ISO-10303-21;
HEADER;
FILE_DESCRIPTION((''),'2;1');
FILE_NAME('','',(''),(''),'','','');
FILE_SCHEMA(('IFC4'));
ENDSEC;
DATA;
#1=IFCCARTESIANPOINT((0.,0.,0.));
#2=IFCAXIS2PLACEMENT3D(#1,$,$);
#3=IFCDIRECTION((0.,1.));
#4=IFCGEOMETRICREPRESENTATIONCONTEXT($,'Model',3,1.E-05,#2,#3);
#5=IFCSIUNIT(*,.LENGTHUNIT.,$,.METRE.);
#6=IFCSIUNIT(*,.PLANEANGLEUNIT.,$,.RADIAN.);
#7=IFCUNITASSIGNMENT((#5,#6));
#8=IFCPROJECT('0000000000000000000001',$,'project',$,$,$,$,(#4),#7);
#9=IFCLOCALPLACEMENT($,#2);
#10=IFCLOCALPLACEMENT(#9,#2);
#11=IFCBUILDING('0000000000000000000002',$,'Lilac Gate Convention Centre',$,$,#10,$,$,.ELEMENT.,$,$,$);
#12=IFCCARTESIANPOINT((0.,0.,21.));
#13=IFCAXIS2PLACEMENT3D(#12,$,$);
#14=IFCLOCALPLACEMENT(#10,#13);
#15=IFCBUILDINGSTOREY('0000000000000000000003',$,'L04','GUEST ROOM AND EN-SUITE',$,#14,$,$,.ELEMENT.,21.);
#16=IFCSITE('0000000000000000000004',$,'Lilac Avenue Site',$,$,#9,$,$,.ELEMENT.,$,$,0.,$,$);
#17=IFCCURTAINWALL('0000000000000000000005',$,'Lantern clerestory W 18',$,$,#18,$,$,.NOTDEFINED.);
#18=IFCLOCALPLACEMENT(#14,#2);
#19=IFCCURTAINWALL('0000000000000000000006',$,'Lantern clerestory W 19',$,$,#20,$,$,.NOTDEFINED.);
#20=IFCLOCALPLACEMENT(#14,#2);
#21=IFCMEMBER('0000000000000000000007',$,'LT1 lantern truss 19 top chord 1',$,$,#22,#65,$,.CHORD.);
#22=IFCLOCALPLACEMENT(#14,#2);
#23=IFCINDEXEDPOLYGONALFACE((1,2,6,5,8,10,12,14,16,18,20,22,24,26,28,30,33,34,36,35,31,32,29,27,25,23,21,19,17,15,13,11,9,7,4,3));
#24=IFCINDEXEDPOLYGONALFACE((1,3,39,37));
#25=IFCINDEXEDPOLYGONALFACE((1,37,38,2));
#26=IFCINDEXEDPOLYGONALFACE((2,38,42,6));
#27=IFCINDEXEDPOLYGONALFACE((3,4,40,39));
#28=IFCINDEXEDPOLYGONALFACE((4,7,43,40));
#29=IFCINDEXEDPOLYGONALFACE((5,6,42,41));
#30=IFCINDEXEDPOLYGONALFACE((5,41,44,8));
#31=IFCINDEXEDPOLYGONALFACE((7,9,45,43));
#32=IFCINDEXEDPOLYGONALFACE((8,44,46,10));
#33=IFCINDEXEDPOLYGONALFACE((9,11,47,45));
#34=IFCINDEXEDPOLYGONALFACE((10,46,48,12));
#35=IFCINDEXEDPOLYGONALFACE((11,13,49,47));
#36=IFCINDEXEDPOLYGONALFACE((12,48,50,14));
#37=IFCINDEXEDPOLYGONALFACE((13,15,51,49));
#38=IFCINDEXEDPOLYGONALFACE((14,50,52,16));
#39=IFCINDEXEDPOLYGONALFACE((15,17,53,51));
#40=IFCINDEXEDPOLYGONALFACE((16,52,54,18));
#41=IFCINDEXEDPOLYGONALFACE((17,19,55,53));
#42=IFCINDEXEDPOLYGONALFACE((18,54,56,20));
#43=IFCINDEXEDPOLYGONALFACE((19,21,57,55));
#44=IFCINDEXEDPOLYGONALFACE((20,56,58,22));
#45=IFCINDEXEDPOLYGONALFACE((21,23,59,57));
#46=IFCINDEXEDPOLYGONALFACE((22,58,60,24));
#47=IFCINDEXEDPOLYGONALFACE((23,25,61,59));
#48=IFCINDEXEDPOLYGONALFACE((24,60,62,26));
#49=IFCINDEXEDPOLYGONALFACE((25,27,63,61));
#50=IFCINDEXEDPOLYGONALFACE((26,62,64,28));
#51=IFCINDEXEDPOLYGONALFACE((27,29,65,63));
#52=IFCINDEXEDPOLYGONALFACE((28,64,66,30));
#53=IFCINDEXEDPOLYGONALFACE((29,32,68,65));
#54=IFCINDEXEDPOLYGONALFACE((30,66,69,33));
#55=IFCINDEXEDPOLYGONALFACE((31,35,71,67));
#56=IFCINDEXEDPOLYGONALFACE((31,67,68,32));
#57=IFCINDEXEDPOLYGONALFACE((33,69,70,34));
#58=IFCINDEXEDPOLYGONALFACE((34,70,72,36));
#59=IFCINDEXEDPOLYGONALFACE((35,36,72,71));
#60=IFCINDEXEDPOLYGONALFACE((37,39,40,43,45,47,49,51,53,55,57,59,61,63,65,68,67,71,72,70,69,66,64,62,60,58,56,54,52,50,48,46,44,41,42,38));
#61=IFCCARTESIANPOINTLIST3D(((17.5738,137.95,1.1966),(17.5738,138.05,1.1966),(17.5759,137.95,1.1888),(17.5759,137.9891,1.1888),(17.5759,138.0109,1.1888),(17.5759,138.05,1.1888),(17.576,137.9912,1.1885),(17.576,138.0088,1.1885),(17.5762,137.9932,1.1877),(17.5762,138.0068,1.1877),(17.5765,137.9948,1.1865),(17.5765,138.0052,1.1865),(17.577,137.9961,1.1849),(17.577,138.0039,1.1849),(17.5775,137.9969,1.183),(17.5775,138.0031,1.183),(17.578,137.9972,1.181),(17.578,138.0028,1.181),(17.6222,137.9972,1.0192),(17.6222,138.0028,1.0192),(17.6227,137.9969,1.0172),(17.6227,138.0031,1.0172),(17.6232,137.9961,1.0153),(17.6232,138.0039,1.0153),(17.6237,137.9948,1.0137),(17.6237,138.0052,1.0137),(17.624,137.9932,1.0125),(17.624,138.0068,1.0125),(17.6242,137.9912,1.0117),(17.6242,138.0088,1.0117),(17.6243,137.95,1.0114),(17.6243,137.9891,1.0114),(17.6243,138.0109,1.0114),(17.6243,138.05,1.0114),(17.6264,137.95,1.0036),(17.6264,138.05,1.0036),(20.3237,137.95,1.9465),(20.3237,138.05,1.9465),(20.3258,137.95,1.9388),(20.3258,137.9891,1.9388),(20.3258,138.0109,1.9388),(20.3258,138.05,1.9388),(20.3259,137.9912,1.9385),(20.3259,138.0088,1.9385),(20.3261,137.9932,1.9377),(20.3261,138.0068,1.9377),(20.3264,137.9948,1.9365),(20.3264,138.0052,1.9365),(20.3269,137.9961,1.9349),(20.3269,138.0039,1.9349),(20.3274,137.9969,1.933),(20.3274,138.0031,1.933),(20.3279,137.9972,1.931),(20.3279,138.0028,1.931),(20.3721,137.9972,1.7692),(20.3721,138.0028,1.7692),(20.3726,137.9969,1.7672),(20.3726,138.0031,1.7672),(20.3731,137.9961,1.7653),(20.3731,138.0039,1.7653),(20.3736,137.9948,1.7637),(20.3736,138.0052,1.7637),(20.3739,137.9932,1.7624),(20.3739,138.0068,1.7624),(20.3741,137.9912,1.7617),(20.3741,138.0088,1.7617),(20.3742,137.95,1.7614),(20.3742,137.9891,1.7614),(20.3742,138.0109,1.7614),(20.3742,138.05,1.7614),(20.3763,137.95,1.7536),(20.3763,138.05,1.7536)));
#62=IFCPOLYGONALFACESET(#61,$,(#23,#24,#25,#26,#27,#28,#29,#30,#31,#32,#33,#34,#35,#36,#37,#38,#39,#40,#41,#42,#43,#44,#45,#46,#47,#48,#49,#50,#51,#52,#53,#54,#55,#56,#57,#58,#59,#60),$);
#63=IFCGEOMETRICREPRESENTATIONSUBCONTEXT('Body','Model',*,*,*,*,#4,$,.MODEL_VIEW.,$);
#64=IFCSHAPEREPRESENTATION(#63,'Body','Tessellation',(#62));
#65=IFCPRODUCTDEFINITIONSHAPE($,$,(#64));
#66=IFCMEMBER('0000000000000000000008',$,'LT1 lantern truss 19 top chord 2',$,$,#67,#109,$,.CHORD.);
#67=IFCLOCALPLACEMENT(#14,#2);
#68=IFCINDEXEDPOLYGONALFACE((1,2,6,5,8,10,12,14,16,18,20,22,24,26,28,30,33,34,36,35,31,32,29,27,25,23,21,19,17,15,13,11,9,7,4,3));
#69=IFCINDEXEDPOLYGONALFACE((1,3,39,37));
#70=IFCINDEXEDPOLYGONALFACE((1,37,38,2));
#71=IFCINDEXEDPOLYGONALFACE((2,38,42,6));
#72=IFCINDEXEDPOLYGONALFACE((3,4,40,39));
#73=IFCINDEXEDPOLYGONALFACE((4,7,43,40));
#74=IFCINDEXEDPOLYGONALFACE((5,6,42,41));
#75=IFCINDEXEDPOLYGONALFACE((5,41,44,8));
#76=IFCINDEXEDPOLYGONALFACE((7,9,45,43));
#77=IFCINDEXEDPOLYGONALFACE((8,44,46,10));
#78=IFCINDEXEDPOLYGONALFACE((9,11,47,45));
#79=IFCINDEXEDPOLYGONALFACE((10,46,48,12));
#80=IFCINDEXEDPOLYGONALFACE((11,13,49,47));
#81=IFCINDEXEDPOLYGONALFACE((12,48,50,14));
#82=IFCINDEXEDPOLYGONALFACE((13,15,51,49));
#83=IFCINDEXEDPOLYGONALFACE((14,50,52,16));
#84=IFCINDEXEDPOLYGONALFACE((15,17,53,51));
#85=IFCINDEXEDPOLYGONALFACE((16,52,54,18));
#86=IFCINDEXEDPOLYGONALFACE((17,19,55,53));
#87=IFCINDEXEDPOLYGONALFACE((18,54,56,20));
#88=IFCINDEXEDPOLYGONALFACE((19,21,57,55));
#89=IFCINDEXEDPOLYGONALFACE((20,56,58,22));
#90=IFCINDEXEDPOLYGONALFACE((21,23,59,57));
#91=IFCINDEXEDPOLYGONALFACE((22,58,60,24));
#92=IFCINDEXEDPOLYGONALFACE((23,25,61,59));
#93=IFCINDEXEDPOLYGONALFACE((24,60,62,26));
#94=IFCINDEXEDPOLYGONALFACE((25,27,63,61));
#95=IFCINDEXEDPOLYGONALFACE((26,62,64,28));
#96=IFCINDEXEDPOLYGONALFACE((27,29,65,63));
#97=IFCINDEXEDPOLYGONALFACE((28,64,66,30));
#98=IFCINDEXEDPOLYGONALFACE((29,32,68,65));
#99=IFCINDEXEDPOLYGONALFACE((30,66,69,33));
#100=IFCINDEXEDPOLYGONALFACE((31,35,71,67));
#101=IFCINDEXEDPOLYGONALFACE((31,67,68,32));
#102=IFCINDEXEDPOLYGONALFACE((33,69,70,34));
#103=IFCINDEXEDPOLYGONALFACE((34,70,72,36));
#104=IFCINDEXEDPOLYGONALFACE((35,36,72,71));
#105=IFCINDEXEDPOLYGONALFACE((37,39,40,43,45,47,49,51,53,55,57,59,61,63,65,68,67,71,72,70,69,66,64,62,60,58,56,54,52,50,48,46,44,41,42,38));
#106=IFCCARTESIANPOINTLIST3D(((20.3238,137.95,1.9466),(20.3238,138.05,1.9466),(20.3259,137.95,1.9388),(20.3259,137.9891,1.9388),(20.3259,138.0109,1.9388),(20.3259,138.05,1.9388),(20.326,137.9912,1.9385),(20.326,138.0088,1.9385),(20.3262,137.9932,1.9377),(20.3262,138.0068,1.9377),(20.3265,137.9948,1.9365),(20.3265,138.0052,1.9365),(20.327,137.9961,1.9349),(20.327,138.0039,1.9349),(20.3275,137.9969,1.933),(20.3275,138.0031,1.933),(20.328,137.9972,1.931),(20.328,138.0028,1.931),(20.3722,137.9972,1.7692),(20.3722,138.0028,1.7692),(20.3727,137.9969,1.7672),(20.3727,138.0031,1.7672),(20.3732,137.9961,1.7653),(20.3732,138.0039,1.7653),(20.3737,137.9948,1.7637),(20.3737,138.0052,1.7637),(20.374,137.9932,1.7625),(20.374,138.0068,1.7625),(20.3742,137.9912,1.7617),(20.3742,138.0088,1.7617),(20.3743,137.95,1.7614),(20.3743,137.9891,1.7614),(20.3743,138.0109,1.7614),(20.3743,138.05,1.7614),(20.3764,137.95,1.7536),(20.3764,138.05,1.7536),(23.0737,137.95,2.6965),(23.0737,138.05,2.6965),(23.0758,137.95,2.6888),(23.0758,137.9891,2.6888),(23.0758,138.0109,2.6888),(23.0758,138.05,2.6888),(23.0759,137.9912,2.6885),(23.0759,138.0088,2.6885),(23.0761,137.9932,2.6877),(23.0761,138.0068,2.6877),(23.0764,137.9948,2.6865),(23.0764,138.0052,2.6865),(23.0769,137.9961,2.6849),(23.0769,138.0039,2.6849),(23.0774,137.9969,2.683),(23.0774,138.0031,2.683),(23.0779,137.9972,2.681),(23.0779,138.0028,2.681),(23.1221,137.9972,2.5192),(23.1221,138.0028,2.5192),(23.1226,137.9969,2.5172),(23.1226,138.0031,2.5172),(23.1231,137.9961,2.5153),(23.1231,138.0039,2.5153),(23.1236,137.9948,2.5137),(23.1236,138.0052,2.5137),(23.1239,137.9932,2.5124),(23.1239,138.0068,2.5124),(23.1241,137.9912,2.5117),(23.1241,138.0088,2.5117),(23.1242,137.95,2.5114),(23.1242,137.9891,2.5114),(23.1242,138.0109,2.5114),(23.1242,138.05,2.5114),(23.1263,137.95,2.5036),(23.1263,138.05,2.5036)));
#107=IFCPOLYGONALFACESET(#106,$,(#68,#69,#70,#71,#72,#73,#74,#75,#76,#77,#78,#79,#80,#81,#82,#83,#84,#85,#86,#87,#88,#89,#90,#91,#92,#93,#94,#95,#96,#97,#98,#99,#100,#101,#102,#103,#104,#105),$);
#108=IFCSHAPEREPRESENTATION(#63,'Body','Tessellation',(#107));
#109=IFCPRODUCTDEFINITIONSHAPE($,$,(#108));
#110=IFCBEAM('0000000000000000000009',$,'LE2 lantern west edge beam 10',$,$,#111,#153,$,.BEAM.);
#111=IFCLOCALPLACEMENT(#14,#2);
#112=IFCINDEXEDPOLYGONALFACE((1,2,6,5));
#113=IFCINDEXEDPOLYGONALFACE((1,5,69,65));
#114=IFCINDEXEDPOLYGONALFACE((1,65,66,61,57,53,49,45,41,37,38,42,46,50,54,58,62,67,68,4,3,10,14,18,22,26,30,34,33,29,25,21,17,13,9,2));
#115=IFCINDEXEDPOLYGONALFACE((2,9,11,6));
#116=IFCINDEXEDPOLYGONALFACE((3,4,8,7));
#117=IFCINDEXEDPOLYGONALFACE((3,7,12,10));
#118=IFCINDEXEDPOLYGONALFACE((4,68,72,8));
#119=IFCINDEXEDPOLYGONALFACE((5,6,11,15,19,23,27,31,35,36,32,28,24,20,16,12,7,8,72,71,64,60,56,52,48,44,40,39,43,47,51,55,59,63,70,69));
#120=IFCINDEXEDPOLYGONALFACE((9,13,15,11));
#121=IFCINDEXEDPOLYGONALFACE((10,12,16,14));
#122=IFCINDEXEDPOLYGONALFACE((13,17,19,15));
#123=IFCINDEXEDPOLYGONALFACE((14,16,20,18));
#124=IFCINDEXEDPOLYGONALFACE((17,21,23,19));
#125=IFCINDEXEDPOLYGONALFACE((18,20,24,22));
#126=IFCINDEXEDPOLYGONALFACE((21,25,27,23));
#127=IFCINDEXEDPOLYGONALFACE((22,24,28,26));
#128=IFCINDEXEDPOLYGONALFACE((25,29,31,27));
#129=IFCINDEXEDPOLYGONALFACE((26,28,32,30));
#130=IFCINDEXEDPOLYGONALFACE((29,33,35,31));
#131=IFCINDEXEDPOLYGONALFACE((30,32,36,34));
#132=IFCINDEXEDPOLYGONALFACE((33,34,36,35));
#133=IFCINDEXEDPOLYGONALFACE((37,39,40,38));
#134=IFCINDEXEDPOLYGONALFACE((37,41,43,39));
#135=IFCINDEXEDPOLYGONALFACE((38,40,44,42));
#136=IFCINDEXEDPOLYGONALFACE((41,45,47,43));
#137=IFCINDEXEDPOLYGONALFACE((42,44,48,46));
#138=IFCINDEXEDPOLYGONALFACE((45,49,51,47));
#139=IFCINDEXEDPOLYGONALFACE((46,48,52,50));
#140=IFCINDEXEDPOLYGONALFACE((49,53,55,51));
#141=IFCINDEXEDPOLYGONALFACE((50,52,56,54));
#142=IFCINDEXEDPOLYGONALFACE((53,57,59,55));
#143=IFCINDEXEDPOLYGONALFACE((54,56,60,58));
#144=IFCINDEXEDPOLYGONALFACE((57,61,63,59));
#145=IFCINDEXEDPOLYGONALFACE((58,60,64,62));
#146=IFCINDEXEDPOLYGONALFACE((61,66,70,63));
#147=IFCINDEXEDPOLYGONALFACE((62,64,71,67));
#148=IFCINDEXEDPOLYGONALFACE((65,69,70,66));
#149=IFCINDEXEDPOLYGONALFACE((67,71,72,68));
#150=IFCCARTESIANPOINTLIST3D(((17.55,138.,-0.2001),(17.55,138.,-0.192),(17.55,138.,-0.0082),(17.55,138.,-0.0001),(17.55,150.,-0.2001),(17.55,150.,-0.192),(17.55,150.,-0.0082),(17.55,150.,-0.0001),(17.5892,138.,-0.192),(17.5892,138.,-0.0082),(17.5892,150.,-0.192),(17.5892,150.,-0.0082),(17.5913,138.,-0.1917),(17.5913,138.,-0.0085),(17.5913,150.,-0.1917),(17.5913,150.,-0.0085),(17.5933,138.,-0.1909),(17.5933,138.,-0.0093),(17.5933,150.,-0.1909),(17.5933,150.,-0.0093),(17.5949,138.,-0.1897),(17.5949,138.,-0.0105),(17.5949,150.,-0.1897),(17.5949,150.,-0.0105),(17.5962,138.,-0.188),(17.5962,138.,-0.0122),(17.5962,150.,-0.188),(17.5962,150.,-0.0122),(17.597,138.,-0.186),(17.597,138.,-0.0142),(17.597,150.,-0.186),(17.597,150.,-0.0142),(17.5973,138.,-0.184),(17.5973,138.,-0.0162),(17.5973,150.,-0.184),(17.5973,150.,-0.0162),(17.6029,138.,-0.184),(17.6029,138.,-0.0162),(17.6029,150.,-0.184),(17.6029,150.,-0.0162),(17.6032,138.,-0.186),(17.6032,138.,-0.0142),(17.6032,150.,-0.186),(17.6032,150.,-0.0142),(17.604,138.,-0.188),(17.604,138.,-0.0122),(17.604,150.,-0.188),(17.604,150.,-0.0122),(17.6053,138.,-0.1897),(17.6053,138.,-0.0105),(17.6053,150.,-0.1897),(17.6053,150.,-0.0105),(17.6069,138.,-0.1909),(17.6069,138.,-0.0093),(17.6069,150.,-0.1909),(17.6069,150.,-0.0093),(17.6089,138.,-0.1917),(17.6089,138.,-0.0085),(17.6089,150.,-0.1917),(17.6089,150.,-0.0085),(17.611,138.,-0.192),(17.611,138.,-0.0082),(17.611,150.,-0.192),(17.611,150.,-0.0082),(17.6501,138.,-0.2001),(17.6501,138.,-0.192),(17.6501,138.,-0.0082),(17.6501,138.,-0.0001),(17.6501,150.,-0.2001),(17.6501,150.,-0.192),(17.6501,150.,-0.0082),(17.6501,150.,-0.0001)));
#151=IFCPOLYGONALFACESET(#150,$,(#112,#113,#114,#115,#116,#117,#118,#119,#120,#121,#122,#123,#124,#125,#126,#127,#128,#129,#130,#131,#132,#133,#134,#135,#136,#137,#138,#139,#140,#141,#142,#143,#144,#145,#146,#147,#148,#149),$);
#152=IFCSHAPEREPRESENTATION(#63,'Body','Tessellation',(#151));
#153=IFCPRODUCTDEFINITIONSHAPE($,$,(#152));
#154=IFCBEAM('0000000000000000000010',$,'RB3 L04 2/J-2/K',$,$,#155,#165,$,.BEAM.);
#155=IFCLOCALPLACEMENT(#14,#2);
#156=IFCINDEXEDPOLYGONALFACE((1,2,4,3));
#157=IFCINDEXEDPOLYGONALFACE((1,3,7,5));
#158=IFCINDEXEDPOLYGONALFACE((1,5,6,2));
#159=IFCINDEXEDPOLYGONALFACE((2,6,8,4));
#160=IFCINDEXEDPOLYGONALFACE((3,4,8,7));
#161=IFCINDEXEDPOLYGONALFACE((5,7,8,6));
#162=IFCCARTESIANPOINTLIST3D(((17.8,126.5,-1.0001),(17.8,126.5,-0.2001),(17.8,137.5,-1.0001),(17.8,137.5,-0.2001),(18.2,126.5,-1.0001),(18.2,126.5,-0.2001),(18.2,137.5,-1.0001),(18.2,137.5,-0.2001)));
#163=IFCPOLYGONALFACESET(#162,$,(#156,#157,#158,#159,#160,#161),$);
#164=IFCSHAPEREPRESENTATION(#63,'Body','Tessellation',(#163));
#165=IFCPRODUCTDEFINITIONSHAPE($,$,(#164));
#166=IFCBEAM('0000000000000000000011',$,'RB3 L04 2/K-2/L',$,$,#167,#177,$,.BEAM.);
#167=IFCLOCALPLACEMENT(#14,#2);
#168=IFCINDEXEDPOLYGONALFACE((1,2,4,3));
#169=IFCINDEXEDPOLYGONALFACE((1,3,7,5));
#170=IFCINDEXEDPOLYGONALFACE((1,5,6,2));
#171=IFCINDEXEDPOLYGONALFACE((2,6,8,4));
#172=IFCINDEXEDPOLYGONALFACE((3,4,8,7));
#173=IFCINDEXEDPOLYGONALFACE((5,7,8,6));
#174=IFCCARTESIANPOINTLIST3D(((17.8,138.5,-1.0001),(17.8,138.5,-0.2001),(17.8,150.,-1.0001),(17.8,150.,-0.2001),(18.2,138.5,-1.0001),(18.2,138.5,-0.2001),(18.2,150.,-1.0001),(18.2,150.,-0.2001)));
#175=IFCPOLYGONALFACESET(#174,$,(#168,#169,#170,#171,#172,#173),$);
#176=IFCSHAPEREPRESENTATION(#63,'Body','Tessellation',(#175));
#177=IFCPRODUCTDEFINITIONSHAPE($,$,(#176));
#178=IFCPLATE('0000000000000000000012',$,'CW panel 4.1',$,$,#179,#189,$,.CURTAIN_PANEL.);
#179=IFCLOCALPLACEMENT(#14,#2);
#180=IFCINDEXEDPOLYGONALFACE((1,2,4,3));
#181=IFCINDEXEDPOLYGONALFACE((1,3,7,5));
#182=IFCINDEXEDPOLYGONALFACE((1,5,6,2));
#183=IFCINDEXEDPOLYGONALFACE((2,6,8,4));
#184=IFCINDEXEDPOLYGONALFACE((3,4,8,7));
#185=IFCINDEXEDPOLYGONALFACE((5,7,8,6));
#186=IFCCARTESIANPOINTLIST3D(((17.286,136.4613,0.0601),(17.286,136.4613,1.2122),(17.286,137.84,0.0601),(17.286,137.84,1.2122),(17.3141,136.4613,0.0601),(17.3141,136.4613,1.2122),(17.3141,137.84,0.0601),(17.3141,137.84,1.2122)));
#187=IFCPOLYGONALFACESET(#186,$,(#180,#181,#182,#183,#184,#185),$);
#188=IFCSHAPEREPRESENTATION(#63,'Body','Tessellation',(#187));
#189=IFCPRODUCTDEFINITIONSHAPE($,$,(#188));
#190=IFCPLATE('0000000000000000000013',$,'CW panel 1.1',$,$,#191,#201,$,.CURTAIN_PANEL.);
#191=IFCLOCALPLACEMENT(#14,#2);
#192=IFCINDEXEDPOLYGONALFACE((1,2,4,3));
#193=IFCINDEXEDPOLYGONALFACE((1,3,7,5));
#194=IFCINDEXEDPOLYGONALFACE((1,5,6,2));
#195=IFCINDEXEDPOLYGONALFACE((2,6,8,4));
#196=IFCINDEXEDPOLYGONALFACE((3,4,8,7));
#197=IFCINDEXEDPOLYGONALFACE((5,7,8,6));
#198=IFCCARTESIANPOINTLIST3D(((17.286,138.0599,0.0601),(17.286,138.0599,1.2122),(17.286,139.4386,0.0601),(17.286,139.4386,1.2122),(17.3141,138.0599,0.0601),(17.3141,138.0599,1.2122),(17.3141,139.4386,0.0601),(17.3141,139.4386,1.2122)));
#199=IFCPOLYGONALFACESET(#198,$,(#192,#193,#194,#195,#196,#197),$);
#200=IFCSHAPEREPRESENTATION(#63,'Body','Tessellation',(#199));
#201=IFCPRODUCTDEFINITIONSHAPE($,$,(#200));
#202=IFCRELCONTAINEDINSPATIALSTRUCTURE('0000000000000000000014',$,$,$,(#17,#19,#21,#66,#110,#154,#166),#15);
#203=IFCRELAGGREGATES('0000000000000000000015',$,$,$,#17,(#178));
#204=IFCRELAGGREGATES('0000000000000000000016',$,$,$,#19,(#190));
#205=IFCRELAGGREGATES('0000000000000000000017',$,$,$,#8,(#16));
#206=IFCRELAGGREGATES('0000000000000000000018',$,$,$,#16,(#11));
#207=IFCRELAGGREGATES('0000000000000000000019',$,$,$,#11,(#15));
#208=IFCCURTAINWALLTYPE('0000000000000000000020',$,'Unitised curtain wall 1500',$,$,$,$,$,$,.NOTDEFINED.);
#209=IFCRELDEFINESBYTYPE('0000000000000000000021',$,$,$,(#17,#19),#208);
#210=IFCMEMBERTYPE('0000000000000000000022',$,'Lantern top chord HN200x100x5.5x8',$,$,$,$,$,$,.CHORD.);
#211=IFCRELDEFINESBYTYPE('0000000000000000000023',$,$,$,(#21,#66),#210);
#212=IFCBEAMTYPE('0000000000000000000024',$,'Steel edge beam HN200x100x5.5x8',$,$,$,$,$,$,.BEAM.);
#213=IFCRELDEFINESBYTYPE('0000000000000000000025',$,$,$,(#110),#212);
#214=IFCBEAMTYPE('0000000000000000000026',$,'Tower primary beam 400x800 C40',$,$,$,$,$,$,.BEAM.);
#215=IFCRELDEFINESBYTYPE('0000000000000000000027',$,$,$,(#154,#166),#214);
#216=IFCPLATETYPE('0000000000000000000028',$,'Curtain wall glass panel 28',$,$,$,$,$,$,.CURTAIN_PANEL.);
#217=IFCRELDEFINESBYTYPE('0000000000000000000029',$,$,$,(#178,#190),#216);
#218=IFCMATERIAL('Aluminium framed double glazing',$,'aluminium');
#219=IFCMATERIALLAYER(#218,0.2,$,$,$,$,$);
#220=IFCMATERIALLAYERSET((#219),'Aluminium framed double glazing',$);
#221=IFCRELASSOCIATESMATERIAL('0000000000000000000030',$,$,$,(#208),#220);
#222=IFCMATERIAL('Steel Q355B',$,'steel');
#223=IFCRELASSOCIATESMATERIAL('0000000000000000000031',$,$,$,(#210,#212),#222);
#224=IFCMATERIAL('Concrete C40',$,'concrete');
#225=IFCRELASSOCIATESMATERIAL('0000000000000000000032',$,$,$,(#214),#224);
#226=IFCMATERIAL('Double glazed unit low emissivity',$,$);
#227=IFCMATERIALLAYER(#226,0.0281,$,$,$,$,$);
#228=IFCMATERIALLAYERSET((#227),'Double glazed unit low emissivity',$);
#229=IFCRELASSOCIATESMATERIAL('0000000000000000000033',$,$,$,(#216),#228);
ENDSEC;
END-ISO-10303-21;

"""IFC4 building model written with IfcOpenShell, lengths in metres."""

from ifc_helpers import new_model, si_unit, direction, frame, origin, origin_2d, place, context, subcontext, project, spatial, rectangle, i_section, extrude, material, layer, layer_set, material_profile, profile_set, type_object, element, aggregate, save


model = new_model("IFC4")

# Units and contexts
model_context = context("Model", 3, precision=1e-05, world=origin(), true_north=direction((0.0, 1.0)))
body_context = subcontext(model_context, "Body", "Model", "MODEL_VIEW")
ifc_project = project(units=[si_unit("LENGTHUNIT", "METRE"), si_unit("PLANEANGLEUNIT", "RADIAN")], contexts=[model_context])

# Site, building, storey
site_placement = place(None, origin())
site = spatial("IfcSite", under=ifc_project, at=site_placement, Name="Lilac Avenue Site", CompositionType="ELEMENT", RefElevation=0.0)
building_placement = place(site_placement, origin())
building = spatial("IfcBuilding", under=site, at=building_placement, Name="Lilac Gate Convention Centre", CompositionType="ELEMENT")
storey_placement = place(building_placement, frame((0.0, 0.0, 21.0)))
storey = spatial("IfcBuildingStorey", under=building, at=storey_placement, Name="L04", Description="GUEST ROOM AND EN-SUITE", CompositionType="ELEMENT", Elevation=21.0)

# Curtain wall
ifc_material_1 = material(Name="Aluminium framed double glazing", Category="aluminium")
ifc_layer_1 = layer(ifc_material_1, 0.2)
ifc_layer_set_1 = layer_set([ifc_layer_1], Name="Aluminium framed double glazing")
curtain_wall_type = type_object("IfcCurtainWallType", Name="Unitised curtain wall 1500", PredefinedType="NOTDEFINED", material=ifc_layer_set_1)
curtain_wall_1_placement = place(storey_placement, origin())
curtain_wall_1 = element("IfcCurtainWall", 1, at=curtain_wall_1_placement, inside=storey, type_object=curtain_wall_type, Name="Lantern clerestory W 18", PredefinedType="NOTDEFINED")

# Curtain wall
curtain_wall_2_placement = place(storey_placement, origin())
curtain_wall_2 = element("IfcCurtainWall", 2, at=curtain_wall_2_placement, inside=storey, type_object=curtain_wall_type, Name="Lantern clerestory W 19", PredefinedType="NOTDEFINED")

# Members
ifc_material_2 = material(Name="Steel Q355B", Category="steel")
ifc_material_profile_1 = material_profile(ifc_material_2, i_section(OverallWidth=0.1001, OverallDepth=0.2, WebThickness=0.0056, FlangeThickness=0.0081, FilletRadius=0.0081, at=origin_2d()), Name="HN200x100x5.5x8")
ifc_profile_set_1 = profile_set([ifc_material_profile_1], Name="Steel Q355B")
member_type_1 = type_object("IfcMemberType", Name="Lantern top chord HN200x100x5.5x8", PredefinedType="CHORD", material=ifc_profile_set_1)
for number, where, z_axis, x_axis, name in (
    (3, (17.6001, 138.0, 1.1001), (0.964764, 0.0, 0.263117), (0.0, 1.0, 0.0), "LT1 lantern truss 19 top chord 1"),
    (4, (20.3501, 138.0, 1.8501), (0.964764, 0.0, 0.263117), (0.0, 1.0, 0.0), "LT1 lantern truss 19 top chord 2"),
):
    element("IfcMember", number, at=place(storey_placement, frame(where, z_axis=z_axis, x_axis=x_axis)), inside=storey, type_object=member_type_1, Name=name, PredefinedType="CHORD", context=body_context, shape_type="SweptSolid", body=[
        extrude(i_section(OverallWidth=0.1001, OverallDepth=0.2, WebThickness=0.0056, FlangeThickness=0.0081, FilletRadius=0.0081, at=origin_2d()), origin(), (0.0, 0.0, 1.0), 2.8503),
    ])

# Beams
ifc_material_profile_2 = material_profile(ifc_material_2, i_section(OverallWidth=0.1001, OverallDepth=0.2, WebThickness=0.0056, FlangeThickness=0.0081, FilletRadius=0.0081, at=origin_2d()), Name="HN200x100x5.5x8")
ifc_profile_set_2 = profile_set([ifc_material_profile_2], Name="Steel Q355B")
beam_type_1 = type_object("IfcBeamType", Name="Steel edge beam HN200x100x5.5x8", PredefinedType="BEAM", material=ifc_profile_set_2)
beam_1_placement = place(storey_placement, frame((17.6001, 138.0, -0.1001), z_axis=(0.0, 1.0, 0.0), x_axis=(-1.0, 0.0, 0.0)))
element("IfcBeam", 5, at=beam_1_placement, inside=storey, type_object=beam_type_1, Name="LE2 lantern west edge beam 10", PredefinedType="BEAM", context=body_context, shape_type="SweptSolid", body=[
    extrude(i_section(OverallWidth=0.1001, OverallDepth=0.2, WebThickness=0.0056, FlangeThickness=0.0081, FilletRadius=0.0081, at=origin_2d()), origin(), (0.0, 0.0, 1.0), 12.0),
])
ifc_material_3 = material(Name="Concrete C40", Category="concrete")
ifc_material_profile_3 = material_profile(ifc_material_3, rectangle(XDim=0.3999, YDim=0.8, at=origin_2d()), Name="RC 400x800")
ifc_profile_set_3 = profile_set([ifc_material_profile_3], Name="Concrete C40")
beam_type_2 = type_object("IfcBeamType", Name="Tower primary beam 400x800 C40", PredefinedType="BEAM", material=ifc_profile_set_3)
beam_2_placement = place(storey_placement, frame((18.0, 126.5, -0.6001), z_axis=(0.0, 1.0, 0.0), x_axis=(-1.0, 0.0, 0.0)))
element("IfcBeam", 6, at=beam_2_placement, inside=storey, type_object=beam_type_2, Name="RB3 L04 2/J-2/K", PredefinedType="BEAM", context=body_context, shape_type="SweptSolid", body=[
    extrude(rectangle(XDim=0.3999, YDim=0.8, at=origin_2d()), origin(), (0.0, 0.0, 1.0), 11.0),
])
beam_3_placement = place(storey_placement, frame((18.0, 138.5, -0.6001), z_axis=(0.0, 1.0, 0.0), x_axis=(-1.0, 0.0, 0.0)))
element("IfcBeam", 7, at=beam_3_placement, inside=storey, type_object=beam_type_2, Name="RB3 L04 2/K-2/L", PredefinedType="BEAM", context=body_context, shape_type="SweptSolid", body=[
    extrude(rectangle(XDim=0.3999, YDim=0.8, at=origin_2d()), origin(), (0.0, 0.0, 1.0), 11.5),
])

# Plates
ifc_material_4 = material(Name="Double glazed unit low emissivity")
ifc_layer_2 = layer(ifc_material_4, 0.0281)
ifc_layer_set_2 = layer_set([ifc_layer_2], Name="Double glazed unit low emissivity")
plate_type = type_object("IfcPlateType", Name="Curtain wall glass panel 28", PredefinedType="CURTAIN_PANEL", material=ifc_layer_set_2)
plate_1_placement = place(storey_placement, frame((17.3, 137.1506, 0.0601), z_axis=(0.0, 0.0, 1.0), x_axis=(0.0, 1.0, 0.0)))
plate_1 = element("IfcPlate", 8, at=plate_1_placement, type_object=plate_type, Name="CW panel 4.1", PredefinedType="CURTAIN_PANEL", context=body_context, shape_type="SweptSolid", body=[
    extrude(rectangle(XDim=1.3787, YDim=0.0281, at=origin_2d()), origin(), (0.0, 0.0, 1.0), 1.1521),
])
aggregate(curtain_wall_1, [plate_1])
plate_2_placement = place(storey_placement, frame((17.3, 138.7493, 0.0601), z_axis=(0.0, 0.0, 1.0), x_axis=(0.0, 1.0, 0.0)))
plate_2 = element("IfcPlate", 9, at=plate_2_placement, type_object=plate_type, Name="CW panel 1.1", PredefinedType="CURTAIN_PANEL", context=body_context, shape_type="SweptSolid", body=[
    extrude(rectangle(XDim=1.3787, YDim=0.0281, at=origin_2d()), origin(), (0.0, 0.0, 1.0), 1.1521),
])
aggregate(curtain_wall_2, [plate_2])

save(model, "model.ifc")
